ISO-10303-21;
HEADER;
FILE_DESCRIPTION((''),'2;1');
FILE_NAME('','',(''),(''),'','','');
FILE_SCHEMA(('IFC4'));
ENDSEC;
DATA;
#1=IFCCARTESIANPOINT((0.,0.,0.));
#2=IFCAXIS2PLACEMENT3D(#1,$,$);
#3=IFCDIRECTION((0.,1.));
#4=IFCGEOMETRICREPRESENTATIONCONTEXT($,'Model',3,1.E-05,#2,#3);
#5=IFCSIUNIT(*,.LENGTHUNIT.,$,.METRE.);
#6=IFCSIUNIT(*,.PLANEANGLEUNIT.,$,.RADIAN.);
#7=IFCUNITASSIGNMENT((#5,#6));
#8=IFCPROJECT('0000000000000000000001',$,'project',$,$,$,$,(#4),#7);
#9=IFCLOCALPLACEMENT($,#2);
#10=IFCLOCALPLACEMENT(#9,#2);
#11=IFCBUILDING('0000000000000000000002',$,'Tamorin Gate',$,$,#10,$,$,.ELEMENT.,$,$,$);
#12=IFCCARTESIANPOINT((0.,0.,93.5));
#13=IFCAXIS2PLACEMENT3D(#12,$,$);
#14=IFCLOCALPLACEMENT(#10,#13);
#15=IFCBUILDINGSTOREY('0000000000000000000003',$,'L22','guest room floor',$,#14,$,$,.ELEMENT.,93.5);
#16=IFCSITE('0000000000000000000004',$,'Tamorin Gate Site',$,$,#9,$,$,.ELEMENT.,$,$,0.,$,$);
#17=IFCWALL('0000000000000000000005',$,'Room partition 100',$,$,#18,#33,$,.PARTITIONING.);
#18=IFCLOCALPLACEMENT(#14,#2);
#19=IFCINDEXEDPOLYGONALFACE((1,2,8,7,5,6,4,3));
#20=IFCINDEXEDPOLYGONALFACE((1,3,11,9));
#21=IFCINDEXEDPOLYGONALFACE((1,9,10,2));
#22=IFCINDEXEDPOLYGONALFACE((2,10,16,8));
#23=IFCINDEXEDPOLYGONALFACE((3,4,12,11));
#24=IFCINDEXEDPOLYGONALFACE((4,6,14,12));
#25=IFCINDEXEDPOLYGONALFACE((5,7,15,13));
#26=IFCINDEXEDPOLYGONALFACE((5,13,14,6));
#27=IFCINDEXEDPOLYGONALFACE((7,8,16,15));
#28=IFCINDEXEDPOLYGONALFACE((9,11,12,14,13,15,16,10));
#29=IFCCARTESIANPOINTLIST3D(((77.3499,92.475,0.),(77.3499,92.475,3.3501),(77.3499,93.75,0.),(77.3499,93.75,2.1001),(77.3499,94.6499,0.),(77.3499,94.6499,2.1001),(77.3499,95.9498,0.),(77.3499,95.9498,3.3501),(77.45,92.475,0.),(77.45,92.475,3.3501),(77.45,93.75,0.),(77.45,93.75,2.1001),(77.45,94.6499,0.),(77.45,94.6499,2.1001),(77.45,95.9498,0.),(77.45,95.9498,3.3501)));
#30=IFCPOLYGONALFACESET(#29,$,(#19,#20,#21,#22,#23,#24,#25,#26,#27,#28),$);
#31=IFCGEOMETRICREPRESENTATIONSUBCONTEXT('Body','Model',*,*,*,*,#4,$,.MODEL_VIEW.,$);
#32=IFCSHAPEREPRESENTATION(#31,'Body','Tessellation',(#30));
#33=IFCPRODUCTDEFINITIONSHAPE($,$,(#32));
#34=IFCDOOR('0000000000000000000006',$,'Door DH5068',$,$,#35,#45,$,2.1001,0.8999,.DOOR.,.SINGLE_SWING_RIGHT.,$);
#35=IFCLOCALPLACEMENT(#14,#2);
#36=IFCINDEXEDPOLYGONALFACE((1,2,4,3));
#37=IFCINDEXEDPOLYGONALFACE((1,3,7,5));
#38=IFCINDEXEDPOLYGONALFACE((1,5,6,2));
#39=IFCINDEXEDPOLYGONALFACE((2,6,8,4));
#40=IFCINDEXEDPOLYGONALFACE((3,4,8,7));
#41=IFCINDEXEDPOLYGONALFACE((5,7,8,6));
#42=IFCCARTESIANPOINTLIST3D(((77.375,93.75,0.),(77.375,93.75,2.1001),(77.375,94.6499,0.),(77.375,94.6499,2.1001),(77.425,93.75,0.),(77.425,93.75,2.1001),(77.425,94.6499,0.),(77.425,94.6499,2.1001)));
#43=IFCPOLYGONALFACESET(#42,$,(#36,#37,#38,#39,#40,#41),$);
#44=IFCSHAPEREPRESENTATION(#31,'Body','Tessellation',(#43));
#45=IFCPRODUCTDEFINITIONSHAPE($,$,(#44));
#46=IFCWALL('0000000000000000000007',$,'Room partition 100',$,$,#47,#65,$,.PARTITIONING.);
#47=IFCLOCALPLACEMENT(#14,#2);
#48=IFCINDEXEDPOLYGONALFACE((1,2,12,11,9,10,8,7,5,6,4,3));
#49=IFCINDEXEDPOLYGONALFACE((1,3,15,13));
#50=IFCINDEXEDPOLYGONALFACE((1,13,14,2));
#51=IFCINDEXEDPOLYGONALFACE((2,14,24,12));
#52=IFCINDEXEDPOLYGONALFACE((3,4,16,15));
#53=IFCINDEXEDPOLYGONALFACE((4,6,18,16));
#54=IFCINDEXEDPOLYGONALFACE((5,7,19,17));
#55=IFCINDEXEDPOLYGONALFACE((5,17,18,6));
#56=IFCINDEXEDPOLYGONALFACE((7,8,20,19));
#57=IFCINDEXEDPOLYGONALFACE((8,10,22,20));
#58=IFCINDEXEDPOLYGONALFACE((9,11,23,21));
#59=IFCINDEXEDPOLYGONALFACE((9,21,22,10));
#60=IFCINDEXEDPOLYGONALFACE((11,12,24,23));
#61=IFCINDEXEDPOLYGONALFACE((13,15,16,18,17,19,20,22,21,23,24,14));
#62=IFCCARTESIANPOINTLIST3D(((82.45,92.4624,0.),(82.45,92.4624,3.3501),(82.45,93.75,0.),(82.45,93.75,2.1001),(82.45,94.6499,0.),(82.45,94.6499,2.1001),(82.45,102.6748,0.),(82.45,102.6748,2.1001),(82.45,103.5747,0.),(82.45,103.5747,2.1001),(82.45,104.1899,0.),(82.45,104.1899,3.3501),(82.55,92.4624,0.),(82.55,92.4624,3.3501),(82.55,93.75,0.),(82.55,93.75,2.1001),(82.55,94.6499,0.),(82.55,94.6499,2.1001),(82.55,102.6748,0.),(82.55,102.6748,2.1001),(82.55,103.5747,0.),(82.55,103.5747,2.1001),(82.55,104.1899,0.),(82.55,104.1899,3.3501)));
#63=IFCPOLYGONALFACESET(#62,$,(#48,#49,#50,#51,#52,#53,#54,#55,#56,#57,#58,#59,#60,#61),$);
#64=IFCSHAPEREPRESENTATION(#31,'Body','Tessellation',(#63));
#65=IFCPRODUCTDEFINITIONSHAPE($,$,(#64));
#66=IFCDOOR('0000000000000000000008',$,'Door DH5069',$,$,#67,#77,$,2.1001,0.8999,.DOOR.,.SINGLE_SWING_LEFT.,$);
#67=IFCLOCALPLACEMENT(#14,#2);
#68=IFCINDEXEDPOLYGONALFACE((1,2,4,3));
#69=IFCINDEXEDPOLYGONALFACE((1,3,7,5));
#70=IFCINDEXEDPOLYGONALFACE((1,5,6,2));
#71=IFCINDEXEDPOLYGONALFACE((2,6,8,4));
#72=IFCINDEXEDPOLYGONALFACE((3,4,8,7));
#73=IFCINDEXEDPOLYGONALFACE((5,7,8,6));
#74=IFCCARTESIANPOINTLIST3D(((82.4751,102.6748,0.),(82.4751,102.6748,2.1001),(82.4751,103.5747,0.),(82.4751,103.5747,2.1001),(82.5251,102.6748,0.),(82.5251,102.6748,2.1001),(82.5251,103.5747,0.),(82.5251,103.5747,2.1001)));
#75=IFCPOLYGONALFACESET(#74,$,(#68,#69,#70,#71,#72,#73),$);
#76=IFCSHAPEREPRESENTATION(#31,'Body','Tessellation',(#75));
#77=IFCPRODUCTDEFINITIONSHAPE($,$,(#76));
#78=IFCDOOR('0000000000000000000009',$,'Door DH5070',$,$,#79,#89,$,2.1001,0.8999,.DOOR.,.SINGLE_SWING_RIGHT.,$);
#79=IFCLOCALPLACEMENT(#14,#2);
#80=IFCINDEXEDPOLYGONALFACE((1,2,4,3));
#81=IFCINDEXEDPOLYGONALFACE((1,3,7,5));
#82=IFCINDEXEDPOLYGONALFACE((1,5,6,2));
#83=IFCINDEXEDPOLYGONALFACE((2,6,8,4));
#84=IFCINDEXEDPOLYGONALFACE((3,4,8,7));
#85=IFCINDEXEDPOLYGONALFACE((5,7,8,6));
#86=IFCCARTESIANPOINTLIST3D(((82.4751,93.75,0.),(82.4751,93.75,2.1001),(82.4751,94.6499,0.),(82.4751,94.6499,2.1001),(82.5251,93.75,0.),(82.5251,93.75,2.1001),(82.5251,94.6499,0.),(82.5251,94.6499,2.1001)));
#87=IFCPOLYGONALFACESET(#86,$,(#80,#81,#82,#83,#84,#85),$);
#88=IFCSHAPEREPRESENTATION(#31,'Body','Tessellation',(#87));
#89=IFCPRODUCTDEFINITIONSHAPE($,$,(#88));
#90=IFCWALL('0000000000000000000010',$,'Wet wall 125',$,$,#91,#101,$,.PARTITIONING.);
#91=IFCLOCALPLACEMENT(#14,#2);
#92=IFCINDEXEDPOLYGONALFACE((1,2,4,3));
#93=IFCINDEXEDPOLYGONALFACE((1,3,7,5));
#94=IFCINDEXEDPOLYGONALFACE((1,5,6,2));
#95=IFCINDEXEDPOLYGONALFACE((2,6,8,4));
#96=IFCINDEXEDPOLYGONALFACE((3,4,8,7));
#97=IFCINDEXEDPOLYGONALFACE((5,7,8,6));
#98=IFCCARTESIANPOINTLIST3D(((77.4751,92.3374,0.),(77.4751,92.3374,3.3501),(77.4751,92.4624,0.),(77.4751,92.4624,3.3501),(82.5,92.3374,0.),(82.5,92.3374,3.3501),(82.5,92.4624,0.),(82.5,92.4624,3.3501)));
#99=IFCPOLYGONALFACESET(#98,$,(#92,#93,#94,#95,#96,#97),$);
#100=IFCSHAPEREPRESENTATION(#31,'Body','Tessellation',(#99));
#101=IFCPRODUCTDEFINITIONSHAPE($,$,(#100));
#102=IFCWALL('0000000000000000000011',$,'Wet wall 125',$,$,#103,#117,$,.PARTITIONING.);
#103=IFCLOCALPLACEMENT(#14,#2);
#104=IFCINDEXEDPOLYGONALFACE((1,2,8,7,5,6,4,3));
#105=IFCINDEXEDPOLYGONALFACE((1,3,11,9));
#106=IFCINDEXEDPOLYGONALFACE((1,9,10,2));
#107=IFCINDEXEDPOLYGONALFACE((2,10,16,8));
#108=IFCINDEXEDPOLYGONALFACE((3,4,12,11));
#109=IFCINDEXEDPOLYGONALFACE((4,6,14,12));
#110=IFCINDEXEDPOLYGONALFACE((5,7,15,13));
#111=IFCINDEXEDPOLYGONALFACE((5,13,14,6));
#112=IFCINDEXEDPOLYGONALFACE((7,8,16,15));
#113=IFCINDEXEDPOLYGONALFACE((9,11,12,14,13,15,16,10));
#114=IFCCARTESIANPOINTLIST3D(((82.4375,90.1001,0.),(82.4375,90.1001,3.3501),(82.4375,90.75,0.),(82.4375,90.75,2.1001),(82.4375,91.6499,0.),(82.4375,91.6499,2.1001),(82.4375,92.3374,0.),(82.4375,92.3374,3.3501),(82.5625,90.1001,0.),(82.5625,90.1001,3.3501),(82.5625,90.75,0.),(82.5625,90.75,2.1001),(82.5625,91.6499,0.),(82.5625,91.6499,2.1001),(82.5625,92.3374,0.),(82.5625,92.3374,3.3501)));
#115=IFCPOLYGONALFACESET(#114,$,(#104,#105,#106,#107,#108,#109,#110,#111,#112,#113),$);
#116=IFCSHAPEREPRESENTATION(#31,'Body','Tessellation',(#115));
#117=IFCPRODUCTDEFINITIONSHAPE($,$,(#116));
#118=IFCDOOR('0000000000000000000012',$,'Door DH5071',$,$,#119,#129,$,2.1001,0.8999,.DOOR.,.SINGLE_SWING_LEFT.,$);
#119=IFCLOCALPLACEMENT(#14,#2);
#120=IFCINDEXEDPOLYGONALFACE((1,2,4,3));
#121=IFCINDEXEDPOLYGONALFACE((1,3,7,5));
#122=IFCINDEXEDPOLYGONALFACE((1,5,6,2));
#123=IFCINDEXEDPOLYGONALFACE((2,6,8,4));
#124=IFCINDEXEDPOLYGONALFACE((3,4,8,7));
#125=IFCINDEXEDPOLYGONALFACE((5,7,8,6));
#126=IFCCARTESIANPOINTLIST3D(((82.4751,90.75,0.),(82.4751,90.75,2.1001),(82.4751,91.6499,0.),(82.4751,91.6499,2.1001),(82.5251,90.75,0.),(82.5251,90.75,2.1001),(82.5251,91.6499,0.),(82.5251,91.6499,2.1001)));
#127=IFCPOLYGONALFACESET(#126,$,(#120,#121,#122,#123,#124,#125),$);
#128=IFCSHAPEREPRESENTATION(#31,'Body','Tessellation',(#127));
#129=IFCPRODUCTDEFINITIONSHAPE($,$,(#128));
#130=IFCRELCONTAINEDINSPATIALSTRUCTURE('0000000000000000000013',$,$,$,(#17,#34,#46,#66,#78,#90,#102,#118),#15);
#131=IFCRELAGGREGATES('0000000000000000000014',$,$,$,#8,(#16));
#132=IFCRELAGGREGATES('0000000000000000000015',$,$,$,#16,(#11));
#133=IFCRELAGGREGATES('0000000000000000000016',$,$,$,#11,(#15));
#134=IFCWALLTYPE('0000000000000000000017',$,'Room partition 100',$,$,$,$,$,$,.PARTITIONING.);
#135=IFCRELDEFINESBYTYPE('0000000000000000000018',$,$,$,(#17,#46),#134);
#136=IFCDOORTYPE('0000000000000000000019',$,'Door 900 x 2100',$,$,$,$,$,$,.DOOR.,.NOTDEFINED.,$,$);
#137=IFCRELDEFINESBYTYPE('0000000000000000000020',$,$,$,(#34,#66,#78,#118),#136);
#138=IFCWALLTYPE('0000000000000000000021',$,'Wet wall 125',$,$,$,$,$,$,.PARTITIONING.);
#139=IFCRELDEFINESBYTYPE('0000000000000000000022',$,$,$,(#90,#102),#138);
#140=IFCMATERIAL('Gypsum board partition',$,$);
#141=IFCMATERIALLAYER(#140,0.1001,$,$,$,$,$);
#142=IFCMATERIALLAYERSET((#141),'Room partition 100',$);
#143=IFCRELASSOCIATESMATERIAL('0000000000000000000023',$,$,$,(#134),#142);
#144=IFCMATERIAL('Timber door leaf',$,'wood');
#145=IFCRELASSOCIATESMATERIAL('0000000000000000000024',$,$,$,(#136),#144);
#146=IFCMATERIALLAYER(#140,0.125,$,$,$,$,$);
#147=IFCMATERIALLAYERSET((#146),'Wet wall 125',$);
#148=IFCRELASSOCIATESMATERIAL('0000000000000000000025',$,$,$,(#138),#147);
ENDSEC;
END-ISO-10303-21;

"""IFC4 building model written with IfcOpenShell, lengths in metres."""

from ifc_helpers import new_model, si_unit, direction, frame, frame_2d, origin, place, context, subcontext, project, spatial, rectangle, extrude, material, layer, layer_set, type_object, element, fill, save


model = new_model("IFC4")

# Units and contexts
model_context = context("Model", 3, precision=1e-05, world=origin(), true_north=direction((0.0, 1.0)))
body_context = subcontext(model_context, "Body", "Model", "MODEL_VIEW")
ifc_project = project(units=[si_unit("LENGTHUNIT", "METRE"), si_unit("PLANEANGLEUNIT", "RADIAN")], contexts=[model_context])

# Site, building, storey
site_placement = place(None, origin())
site = spatial("IfcSite", under=ifc_project, at=site_placement, Name="Tamorin Gate Site", CompositionType="ELEMENT", RefElevation=0.0)
building_placement = place(site_placement, origin())
building = spatial("IfcBuilding", under=site, at=building_placement, Name="Tamorin Gate", CompositionType="ELEMENT")
storey_placement = place(building_placement, frame((0.0, 0.0, 93.5)))
storey = spatial("IfcBuildingStorey", under=building, at=storey_placement, Name="L22", Description="guest room floor", CompositionType="ELEMENT", Elevation=93.5)

# Shared definitions
ifc_material_1 = material(Name="Gypsum board partition")

# Wall, opening, door
ifc_layer_1 = layer(ifc_material_1, 0.1001)
ifc_layer_set_1 = layer_set([ifc_layer_1], Name="Room partition 100")
wall_type_1 = type_object("IfcWallType", Name="Room partition 100", PredefinedType="PARTITIONING", material=ifc_layer_set_1)
ifc_material_2 = material(Name="Timber door leaf", Category="wood")
door_type = type_object("IfcDoorType", Name="Door 900 x 2100", OperationType="NOTDEFINED", PredefinedType="DOOR", material=ifc_material_2)
wall_1_placement = place(storey_placement, frame((77.3999, 92.4751, 0.0), z_axis=(0.0, 0.0, 1.0), x_axis=(0.0, 1.0, 0.0)))
wall_1 = element("IfcWall", 1, at=wall_1_placement, inside=storey, type_object=wall_type_1, Name="Room partition 100", PredefinedType="PARTITIONING", context=body_context, shape_type="SweptSolid", body=[
    extrude(rectangle(XDim=3.4749, YDim=0.1001, at=frame_2d((1.7373, 0.0))), origin(), (0.0, 0.0, 1.0), 3.3501),
])
opening_1_placement = place(wall_1_placement, frame((1.2749, 0.0, 0.0)))
opening_1 = element("IfcOpeningElement", 2, at=opening_1_placement, cuts=wall_1, PredefinedType="OPENING", context=body_context, shape_type="SweptSolid", body=[
    extrude(rectangle(XDim=0.8999, YDim=2.1001, at=frame_2d((0.45, 1.05))), frame((0.0, 0.0601, 0.0), z_axis=(0.0, -1.0, 0.0), x_axis=(1.0, 0.0, 0.0)), (0.0, 0.0, 1.0), 0.1201),
])
door_1_placement = place(opening_1_placement, origin())
door_1 = element("IfcDoor", 3, at=door_1_placement, inside=storey, type_object=door_type, Name="Door DH5068", OperationType="SINGLE_SWING_RIGHT", OverallHeight=2.1001, OverallWidth=0.8999, PredefinedType="DOOR", context=body_context, shape_type="SweptSolid", body=[
    extrude(rectangle(XDim=0.8999, YDim=2.1001, at=frame_2d((0.45, 1.05))), frame((0.0, 0.0249, 0.0), z_axis=(0.0, -1.0, 0.0), x_axis=(1.0, 0.0, 0.0)), (0.0, 0.0, 1.0), 0.05),
])
fill(opening_1, door_1)

# Wall, openings, doors
wall_2_placement = place(storey_placement, frame((82.5, 92.4624, 0.0), z_axis=(0.0, 0.0, 1.0), x_axis=(0.0, 1.0, 0.0)))
wall_2 = element("IfcWall", 4, at=wall_2_placement, inside=storey, type_object=wall_type_1, Name="Room partition 100", PredefinedType="PARTITIONING", context=body_context, shape_type="SweptSolid", body=[
    extrude(rectangle(XDim=11.7275, YDim=0.1001, at=frame_2d((5.8638, 0.0))), origin(), (0.0, 0.0, 1.0), 3.3501),
])
opening_2_placement = place(wall_2_placement, frame((10.2124, 0.0, 0.0)))
opening_2 = element("IfcOpeningElement", 5, at=opening_2_placement, cuts=wall_2, PredefinedType="OPENING", context=body_context, shape_type="SweptSolid", body=[
    extrude(rectangle(XDim=0.8999, YDim=2.1001, at=frame_2d((0.45, 1.05))), frame((0.0, 0.0601, 0.0), z_axis=(0.0, -1.0, 0.0), x_axis=(1.0, 0.0, 0.0)), (0.0, 0.0, 1.0), 0.1201),
])
opening_3_placement = place(wall_2_placement, frame((1.2876, 0.0, 0.0)))
opening_3 = element("IfcOpeningElement", 6, at=opening_3_placement, cuts=wall_2, PredefinedType="OPENING", context=body_context, shape_type="SweptSolid", body=[
    extrude(rectangle(XDim=0.8999, YDim=2.1001, at=frame_2d((0.45, 1.05))), frame((0.0, 0.0601, 0.0), z_axis=(0.0, -1.0, 0.0), x_axis=(1.0, 0.0, 0.0)), (0.0, 0.0, 1.0), 0.1201),
])
door_2_placement = place(opening_2_placement, origin())
door_2 = element("IfcDoor", 7, at=door_2_placement, inside=storey, type_object=door_type, Name="Door DH5069", OperationType="SINGLE_SWING_LEFT", OverallHeight=2.1001, OverallWidth=0.8999, PredefinedType="DOOR", context=body_context, shape_type="SweptSolid", body=[
    extrude(rectangle(XDim=0.8999, YDim=2.1001, at=frame_2d((0.45, 1.05))), frame((0.0, 0.0249, 0.0), z_axis=(0.0, -1.0, 0.0), x_axis=(1.0, 0.0, 0.0)), (0.0, 0.0, 1.0), 0.05),
])
fill(opening_2, door_2)
door_3_placement = place(opening_3_placement, origin())
door_3 = element("IfcDoor", 8, at=door_3_placement, inside=storey, type_object=door_type, Name="Door DH5070", OperationType="SINGLE_SWING_RIGHT", OverallHeight=2.1001, OverallWidth=0.8999, PredefinedType="DOOR", context=body_context, shape_type="SweptSolid", body=[
    extrude(rectangle(XDim=0.8999, YDim=2.1001, at=frame_2d((0.45, 1.05))), frame((0.0, 0.0249, 0.0), z_axis=(0.0, -1.0, 0.0), x_axis=(1.0, 0.0, 0.0)), (0.0, 0.0, 1.0), 0.05),
])
fill(opening_3, door_3)

# Wall
ifc_layer_2 = layer(ifc_material_1, 0.125)
ifc_layer_set_2 = layer_set([ifc_layer_2], Name="Wet wall 125")
wall_type_2 = type_object("IfcWallType", Name="Wet wall 125", PredefinedType="PARTITIONING", material=ifc_layer_set_2)
wall_3_placement = place(storey_placement, frame((77.4751, 92.3999, 0.0), z_axis=(0.0, 0.0, 1.0), x_axis=(1.0, 0.0, 0.0)))
element("IfcWall", 9, at=wall_3_placement, inside=storey, type_object=wall_type_2, Name="Wet wall 125", PredefinedType="PARTITIONING", context=body_context, shape_type="SweptSolid", body=[
    extrude(rectangle(XDim=5.0249, YDim=0.125, at=frame_2d((2.5125, 0.0))), origin(), (0.0, 0.0, 1.0), 3.3501),
])

# Wall, opening, door
wall_4_placement = place(storey_placement, frame((82.5, 90.1001, 0.0), z_axis=(0.0, 0.0, 1.0), x_axis=(0.0, 1.0, 0.0)))
wall_4 = element("IfcWall", 10, at=wall_4_placement, inside=storey, type_object=wall_type_2, Name="Wet wall 125", PredefinedType="PARTITIONING", context=body_context, shape_type="SweptSolid", body=[
    extrude(rectangle(XDim=2.2373, YDim=0.125, at=frame_2d((1.1187, 0.0))), origin(), (0.0, 0.0, 1.0), 3.3501),
])
opening_4_placement = place(wall_4_placement, frame((0.6499, 0.0, 0.0)))
opening_4 = element("IfcOpeningElement", 11, at=opening_4_placement, cuts=wall_4, PredefinedType="OPENING", context=body_context, shape_type="SweptSolid", body=[
    extrude(rectangle(XDim=0.8999, YDim=2.1001, at=frame_2d((0.45, 1.05))), frame((0.0, 0.0725, 0.0), z_axis=(0.0, -1.0, 0.0), x_axis=(1.0, 0.0, 0.0)), (0.0, 0.0, 1.0), 0.145),
])
door_4_placement = place(opening_4_placement, origin())
door_4 = element("IfcDoor", 12, at=door_4_placement, inside=storey, type_object=door_type, Name="Door DH5071", OperationType="SINGLE_SWING_LEFT", OverallHeight=2.1001, OverallWidth=0.8999, PredefinedType="DOOR", context=body_context, shape_type="SweptSolid", body=[
    extrude(rectangle(XDim=0.8999, YDim=2.1001, at=frame_2d((0.45, 1.05))), frame((0.0, 0.0249, 0.0), z_axis=(0.0, -1.0, 0.0), x_axis=(1.0, 0.0, 0.0)), (0.0, 0.0, 1.0), 0.05),
])
fill(opening_4, door_4)

save(model, "model.ifc")
